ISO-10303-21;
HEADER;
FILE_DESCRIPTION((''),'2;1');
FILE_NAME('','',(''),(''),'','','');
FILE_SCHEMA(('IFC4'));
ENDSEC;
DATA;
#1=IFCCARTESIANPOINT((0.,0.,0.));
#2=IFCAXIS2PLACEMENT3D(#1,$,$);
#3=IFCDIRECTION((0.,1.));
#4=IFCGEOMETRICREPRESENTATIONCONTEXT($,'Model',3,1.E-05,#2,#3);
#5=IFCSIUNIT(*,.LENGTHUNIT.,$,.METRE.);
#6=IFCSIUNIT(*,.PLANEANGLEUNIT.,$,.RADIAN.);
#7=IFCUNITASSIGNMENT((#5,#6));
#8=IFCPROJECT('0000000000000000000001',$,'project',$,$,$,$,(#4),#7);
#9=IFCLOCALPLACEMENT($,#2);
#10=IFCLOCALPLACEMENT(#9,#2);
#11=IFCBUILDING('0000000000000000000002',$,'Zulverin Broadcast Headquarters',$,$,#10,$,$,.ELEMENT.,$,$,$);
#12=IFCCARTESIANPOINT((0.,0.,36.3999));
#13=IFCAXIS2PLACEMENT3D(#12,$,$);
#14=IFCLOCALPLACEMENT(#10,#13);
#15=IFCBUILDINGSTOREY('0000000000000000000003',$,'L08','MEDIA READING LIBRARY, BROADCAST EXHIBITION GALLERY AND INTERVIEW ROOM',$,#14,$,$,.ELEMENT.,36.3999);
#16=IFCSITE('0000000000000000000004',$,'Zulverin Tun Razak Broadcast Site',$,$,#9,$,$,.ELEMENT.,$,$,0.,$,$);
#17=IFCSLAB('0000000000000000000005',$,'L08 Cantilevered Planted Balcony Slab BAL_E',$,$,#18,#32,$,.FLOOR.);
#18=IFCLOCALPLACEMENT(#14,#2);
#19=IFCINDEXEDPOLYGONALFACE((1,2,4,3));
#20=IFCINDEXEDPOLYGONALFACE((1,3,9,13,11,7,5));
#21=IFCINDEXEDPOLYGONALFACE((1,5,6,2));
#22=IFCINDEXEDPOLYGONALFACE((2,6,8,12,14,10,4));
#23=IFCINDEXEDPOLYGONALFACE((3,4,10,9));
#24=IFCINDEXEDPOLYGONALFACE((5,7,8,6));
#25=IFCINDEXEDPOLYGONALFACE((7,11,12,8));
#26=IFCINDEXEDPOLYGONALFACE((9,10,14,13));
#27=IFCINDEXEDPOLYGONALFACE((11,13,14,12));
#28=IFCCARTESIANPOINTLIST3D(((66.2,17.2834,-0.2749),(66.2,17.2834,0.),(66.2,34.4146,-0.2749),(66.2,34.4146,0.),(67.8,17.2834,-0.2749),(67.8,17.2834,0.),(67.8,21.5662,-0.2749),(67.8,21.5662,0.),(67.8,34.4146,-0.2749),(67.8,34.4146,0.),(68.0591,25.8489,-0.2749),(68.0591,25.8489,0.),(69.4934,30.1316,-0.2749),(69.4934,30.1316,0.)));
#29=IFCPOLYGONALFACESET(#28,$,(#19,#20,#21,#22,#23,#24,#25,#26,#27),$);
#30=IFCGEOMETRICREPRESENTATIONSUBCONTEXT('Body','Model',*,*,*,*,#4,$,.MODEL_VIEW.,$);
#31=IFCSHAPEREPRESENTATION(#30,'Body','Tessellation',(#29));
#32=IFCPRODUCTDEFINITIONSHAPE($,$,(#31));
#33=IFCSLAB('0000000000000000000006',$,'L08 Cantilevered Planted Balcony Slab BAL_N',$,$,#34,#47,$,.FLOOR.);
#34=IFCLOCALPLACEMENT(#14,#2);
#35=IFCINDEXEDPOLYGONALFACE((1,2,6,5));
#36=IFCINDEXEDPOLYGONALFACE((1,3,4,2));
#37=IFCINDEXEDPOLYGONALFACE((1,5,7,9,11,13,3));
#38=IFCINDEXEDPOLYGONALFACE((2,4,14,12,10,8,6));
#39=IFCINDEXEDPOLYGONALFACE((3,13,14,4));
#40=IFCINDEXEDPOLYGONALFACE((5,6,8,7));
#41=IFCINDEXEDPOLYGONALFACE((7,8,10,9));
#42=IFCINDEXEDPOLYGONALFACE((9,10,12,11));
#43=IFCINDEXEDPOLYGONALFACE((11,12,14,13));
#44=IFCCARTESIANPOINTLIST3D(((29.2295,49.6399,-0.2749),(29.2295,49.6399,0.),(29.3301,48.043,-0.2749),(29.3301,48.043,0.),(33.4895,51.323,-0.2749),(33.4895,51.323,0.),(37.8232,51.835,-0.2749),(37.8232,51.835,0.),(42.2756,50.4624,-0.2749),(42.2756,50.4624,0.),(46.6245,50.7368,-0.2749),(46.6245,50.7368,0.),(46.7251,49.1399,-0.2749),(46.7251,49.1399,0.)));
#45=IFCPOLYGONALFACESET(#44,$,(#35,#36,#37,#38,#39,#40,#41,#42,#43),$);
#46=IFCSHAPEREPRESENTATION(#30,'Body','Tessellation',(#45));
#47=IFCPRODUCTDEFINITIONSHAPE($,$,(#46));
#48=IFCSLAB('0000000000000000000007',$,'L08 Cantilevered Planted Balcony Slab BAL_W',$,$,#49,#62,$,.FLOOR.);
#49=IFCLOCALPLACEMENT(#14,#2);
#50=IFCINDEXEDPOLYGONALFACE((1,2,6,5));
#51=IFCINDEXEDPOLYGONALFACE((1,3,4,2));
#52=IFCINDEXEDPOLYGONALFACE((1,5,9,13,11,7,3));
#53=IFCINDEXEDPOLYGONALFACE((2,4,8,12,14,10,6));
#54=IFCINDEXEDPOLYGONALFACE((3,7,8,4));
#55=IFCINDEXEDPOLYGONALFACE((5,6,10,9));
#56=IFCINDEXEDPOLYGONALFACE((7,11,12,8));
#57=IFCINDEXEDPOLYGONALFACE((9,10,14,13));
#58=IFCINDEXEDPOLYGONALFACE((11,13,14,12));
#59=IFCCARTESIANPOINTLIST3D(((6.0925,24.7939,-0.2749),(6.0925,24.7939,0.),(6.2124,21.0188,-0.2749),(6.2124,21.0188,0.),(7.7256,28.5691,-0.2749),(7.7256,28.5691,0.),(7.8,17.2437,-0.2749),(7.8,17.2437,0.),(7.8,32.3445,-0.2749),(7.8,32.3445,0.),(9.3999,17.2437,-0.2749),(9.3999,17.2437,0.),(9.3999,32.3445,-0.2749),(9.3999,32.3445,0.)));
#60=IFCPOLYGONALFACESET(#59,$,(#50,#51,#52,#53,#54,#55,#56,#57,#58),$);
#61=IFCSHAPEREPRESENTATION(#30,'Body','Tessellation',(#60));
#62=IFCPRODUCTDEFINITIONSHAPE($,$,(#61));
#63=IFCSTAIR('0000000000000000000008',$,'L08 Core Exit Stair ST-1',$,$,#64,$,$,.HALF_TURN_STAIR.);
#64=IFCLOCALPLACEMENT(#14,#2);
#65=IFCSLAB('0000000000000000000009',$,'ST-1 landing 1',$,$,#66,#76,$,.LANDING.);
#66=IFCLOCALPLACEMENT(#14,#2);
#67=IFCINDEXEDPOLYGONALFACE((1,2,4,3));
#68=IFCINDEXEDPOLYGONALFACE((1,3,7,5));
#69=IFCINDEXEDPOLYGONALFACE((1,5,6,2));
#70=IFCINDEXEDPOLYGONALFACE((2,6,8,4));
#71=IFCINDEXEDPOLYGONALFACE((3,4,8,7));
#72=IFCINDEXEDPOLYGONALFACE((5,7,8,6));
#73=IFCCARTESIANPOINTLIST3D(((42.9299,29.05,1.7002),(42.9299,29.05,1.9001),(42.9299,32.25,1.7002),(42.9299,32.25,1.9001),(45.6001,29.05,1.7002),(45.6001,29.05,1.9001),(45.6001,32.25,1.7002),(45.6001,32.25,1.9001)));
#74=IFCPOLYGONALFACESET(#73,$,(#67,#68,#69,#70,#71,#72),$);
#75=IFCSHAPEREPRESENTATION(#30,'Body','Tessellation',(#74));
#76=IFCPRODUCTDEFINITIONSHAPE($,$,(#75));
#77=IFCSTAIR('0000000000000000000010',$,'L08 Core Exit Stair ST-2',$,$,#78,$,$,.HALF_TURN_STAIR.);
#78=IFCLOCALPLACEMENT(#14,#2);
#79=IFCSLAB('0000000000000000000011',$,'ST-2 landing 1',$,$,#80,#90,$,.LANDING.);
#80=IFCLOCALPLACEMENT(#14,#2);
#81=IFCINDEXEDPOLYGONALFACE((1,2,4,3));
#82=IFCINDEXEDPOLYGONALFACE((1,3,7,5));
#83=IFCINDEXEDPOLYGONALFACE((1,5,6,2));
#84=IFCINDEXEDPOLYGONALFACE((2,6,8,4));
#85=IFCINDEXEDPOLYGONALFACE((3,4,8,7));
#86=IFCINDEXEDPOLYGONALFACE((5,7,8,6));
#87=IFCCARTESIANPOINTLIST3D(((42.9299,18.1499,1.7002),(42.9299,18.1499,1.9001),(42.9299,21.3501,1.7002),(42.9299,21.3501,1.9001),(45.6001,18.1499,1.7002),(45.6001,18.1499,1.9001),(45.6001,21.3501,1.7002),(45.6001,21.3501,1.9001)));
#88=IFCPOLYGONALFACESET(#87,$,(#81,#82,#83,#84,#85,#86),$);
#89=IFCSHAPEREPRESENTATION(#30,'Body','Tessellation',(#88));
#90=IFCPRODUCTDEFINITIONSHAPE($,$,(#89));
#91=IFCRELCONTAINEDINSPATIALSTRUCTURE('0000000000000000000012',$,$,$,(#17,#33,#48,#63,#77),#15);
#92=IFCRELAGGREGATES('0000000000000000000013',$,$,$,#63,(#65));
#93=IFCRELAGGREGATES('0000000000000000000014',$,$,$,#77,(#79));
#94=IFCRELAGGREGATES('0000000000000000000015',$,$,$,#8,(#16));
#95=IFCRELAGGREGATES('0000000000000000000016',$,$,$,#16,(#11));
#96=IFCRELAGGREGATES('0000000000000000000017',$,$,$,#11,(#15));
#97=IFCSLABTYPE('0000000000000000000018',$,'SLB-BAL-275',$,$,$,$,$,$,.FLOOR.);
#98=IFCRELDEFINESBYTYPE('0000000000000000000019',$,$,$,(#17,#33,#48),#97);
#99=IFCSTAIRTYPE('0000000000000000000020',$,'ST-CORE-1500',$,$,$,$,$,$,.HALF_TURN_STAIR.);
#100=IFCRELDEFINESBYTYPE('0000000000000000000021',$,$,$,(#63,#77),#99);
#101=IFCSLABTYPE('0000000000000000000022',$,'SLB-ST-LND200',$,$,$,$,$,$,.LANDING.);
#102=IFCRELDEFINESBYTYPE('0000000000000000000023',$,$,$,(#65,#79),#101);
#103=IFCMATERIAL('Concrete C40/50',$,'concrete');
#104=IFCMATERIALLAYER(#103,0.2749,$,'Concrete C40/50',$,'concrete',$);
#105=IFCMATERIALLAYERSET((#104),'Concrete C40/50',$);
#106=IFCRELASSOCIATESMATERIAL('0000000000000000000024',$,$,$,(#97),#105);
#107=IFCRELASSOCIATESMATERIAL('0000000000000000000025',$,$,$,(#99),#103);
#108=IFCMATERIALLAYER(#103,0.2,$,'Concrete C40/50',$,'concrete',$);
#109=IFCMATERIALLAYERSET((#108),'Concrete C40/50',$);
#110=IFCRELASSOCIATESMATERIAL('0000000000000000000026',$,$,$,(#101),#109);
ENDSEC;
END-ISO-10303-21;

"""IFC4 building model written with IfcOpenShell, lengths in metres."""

from ifc_helpers import new_model, si_unit, direction, frame, origin, place, context, subcontext, project, spatial, polyline, outline, extrude, material, layer, layer_set, type_object, element, aggregate, save


model = new_model("IFC4")

# Units and contexts
model_context = context("Model", 3, precision=1e-05, world=origin(), true_north=direction((0.0, 1.0)))
body_context = subcontext(model_context, "Body", "Model", "MODEL_VIEW")
ifc_project = project(units=[si_unit("LENGTHUNIT", "METRE"), si_unit("PLANEANGLEUNIT", "RADIAN")], contexts=[model_context])

# Site, building, storey
site_placement = place(None, origin())
site = spatial("IfcSite", under=ifc_project, at=site_placement, Name="Zulverin Tun Razak Broadcast Site", CompositionType="ELEMENT", RefElevation=0.0)
building_placement = place(site_placement, origin())
building = spatial("IfcBuilding", under=site, at=building_placement, Name="Zulverin Broadcast Headquarters", CompositionType="ELEMENT")
storey_placement = place(building_placement, frame((0.0, 0.0, 36.3999)))
storey = spatial("IfcBuildingStorey", under=building, at=storey_placement, Name="L08", Description="MEDIA READING LIBRARY, BROADCAST EXHIBITION GALLERY AND INTERVIEW ROOM", CompositionType="ELEMENT", Elevation=36.3999)

# Slabs
ifc_material_1 = material(Name="Concrete C40/50", Category="concrete")
ifc_layer_1 = layer(ifc_material_1, 0.2749, Name="Concrete C40/50", Category="concrete")
ifc_layer_set_1 = layer_set([ifc_layer_1], Name="Concrete C40/50")
slab_type_1 = type_object("IfcSlabType", Name="SLB-BAL-275", PredefinedType="FLOOR", material=ifc_layer_set_1)
slab_1_placement = place(storey_placement, frame((0.0, 0.0, -0.2749)))
element("IfcSlab", 1, at=slab_1_placement, inside=storey, type_object=slab_type_1, Name="L08 Cantilevered Planted Balcony Slab BAL_E", PredefinedType="FLOOR", context=body_context, shape_type="SweptSolid", body=[
    extrude(outline(polyline([(66.2, 34.4146), (66.2, 17.2834), (67.8, 17.2834), (67.8, 21.5662), (68.0591, 25.8489), (69.4934, 30.1316), (67.8, 34.4146), (66.2, 34.4146)])), origin(), (0.0, 0.0, 1.0), 0.2749),
])
slab_2_placement = place(storey_placement, frame((0.0, 0.0, -0.2749)))
element("IfcSlab", 2, at=slab_2_placement, inside=storey, type_object=slab_type_1, Name="L08 Cantilevered Planted Balcony Slab BAL_N", PredefinedType="FLOOR", context=body_context, shape_type="SweptSolid", body=[
    extrude(outline(polyline([(29.3301, 48.043), (46.7251, 49.1399), (46.6245, 50.7368), (42.2756, 50.4624), (37.8232, 51.835), (33.4895, 51.323), (29.2295, 49.6399), (29.3301, 48.043)])), origin(), (0.0, 0.0, 1.0), 0.2749),
])
slab_3_placement = place(storey_placement, frame((0.0, 0.0, -0.2749)))
element("IfcSlab", 3, at=slab_3_placement, inside=storey, type_object=slab_type_1, Name="L08 Cantilevered Planted Balcony Slab BAL_W", PredefinedType="FLOOR", context=body_context, shape_type="SweptSolid", body=[
    extrude(outline(polyline([(9.3999, 17.2437), (9.3999, 32.3445), (7.8, 32.3445), (7.7256, 28.5691), (6.0925, 24.7939), (6.2124, 21.0188), (7.8, 17.2437), (9.3999, 17.2437)])), origin(), (0.0, 0.0, 1.0), 0.2749),
])

# Stairs, slabs
stair_type = type_object("IfcStairType", Name="ST-CORE-1500", PredefinedType="HALF_TURN_STAIR", material=ifc_material_1)
stair_1_placement = place(storey_placement, origin())
stair_1 = element("IfcStair", 4, at=stair_1_placement, inside=storey, type_object=stair_type, Name="L08 Core Exit Stair ST-1", PredefinedType="HALF_TURN_STAIR")
ifc_layer_2 = layer(ifc_material_1, 0.2, Name="Concrete C40/50", Category="concrete")
ifc_layer_set_2 = layer_set([ifc_layer_2], Name="Concrete C40/50")
slab_type_2 = type_object("IfcSlabType", Name="SLB-ST-LND200", PredefinedType="LANDING", material=ifc_layer_set_2)
slab_4_placement = place(storey_placement, frame((0.0, 0.0, 1.7002)))
slab_4 = element("IfcSlab", 5, at=slab_4_placement, type_object=slab_type_2, Name="ST-1 landing 1", PredefinedType="LANDING", context=body_context, shape_type="SweptSolid", body=[
    extrude(outline(polyline([(42.9299, 29.05), (45.6001, 29.05), (45.6001, 32.25), (42.9299, 32.25), (42.9299, 29.05)])), origin(), (0.0, 0.0, 1.0), 0.2),
])
aggregate(stair_1, [slab_4])
stair_2_placement = place(storey_placement, origin())
stair_2 = element("IfcStair", 6, at=stair_2_placement, inside=storey, type_object=stair_type, Name="L08 Core Exit Stair ST-2", PredefinedType="HALF_TURN_STAIR")
slab_5_placement = place(storey_placement, frame((0.0, 0.0, 1.7002)))
slab_5 = element("IfcSlab", 7, at=slab_5_placement, type_object=slab_type_2, Name="ST-2 landing 1", PredefinedType="LANDING", context=body_context, shape_type="SweptSolid", body=[
    extrude(outline(polyline([(42.9299, 18.1499), (45.6001, 18.1499), (45.6001, 21.3501), (42.9299, 21.3501), (42.9299, 18.1499)])), origin(), (0.0, 0.0, 1.0), 0.2),
])
aggregate(stair_2, [slab_5])

save(model, "model.ifc")
